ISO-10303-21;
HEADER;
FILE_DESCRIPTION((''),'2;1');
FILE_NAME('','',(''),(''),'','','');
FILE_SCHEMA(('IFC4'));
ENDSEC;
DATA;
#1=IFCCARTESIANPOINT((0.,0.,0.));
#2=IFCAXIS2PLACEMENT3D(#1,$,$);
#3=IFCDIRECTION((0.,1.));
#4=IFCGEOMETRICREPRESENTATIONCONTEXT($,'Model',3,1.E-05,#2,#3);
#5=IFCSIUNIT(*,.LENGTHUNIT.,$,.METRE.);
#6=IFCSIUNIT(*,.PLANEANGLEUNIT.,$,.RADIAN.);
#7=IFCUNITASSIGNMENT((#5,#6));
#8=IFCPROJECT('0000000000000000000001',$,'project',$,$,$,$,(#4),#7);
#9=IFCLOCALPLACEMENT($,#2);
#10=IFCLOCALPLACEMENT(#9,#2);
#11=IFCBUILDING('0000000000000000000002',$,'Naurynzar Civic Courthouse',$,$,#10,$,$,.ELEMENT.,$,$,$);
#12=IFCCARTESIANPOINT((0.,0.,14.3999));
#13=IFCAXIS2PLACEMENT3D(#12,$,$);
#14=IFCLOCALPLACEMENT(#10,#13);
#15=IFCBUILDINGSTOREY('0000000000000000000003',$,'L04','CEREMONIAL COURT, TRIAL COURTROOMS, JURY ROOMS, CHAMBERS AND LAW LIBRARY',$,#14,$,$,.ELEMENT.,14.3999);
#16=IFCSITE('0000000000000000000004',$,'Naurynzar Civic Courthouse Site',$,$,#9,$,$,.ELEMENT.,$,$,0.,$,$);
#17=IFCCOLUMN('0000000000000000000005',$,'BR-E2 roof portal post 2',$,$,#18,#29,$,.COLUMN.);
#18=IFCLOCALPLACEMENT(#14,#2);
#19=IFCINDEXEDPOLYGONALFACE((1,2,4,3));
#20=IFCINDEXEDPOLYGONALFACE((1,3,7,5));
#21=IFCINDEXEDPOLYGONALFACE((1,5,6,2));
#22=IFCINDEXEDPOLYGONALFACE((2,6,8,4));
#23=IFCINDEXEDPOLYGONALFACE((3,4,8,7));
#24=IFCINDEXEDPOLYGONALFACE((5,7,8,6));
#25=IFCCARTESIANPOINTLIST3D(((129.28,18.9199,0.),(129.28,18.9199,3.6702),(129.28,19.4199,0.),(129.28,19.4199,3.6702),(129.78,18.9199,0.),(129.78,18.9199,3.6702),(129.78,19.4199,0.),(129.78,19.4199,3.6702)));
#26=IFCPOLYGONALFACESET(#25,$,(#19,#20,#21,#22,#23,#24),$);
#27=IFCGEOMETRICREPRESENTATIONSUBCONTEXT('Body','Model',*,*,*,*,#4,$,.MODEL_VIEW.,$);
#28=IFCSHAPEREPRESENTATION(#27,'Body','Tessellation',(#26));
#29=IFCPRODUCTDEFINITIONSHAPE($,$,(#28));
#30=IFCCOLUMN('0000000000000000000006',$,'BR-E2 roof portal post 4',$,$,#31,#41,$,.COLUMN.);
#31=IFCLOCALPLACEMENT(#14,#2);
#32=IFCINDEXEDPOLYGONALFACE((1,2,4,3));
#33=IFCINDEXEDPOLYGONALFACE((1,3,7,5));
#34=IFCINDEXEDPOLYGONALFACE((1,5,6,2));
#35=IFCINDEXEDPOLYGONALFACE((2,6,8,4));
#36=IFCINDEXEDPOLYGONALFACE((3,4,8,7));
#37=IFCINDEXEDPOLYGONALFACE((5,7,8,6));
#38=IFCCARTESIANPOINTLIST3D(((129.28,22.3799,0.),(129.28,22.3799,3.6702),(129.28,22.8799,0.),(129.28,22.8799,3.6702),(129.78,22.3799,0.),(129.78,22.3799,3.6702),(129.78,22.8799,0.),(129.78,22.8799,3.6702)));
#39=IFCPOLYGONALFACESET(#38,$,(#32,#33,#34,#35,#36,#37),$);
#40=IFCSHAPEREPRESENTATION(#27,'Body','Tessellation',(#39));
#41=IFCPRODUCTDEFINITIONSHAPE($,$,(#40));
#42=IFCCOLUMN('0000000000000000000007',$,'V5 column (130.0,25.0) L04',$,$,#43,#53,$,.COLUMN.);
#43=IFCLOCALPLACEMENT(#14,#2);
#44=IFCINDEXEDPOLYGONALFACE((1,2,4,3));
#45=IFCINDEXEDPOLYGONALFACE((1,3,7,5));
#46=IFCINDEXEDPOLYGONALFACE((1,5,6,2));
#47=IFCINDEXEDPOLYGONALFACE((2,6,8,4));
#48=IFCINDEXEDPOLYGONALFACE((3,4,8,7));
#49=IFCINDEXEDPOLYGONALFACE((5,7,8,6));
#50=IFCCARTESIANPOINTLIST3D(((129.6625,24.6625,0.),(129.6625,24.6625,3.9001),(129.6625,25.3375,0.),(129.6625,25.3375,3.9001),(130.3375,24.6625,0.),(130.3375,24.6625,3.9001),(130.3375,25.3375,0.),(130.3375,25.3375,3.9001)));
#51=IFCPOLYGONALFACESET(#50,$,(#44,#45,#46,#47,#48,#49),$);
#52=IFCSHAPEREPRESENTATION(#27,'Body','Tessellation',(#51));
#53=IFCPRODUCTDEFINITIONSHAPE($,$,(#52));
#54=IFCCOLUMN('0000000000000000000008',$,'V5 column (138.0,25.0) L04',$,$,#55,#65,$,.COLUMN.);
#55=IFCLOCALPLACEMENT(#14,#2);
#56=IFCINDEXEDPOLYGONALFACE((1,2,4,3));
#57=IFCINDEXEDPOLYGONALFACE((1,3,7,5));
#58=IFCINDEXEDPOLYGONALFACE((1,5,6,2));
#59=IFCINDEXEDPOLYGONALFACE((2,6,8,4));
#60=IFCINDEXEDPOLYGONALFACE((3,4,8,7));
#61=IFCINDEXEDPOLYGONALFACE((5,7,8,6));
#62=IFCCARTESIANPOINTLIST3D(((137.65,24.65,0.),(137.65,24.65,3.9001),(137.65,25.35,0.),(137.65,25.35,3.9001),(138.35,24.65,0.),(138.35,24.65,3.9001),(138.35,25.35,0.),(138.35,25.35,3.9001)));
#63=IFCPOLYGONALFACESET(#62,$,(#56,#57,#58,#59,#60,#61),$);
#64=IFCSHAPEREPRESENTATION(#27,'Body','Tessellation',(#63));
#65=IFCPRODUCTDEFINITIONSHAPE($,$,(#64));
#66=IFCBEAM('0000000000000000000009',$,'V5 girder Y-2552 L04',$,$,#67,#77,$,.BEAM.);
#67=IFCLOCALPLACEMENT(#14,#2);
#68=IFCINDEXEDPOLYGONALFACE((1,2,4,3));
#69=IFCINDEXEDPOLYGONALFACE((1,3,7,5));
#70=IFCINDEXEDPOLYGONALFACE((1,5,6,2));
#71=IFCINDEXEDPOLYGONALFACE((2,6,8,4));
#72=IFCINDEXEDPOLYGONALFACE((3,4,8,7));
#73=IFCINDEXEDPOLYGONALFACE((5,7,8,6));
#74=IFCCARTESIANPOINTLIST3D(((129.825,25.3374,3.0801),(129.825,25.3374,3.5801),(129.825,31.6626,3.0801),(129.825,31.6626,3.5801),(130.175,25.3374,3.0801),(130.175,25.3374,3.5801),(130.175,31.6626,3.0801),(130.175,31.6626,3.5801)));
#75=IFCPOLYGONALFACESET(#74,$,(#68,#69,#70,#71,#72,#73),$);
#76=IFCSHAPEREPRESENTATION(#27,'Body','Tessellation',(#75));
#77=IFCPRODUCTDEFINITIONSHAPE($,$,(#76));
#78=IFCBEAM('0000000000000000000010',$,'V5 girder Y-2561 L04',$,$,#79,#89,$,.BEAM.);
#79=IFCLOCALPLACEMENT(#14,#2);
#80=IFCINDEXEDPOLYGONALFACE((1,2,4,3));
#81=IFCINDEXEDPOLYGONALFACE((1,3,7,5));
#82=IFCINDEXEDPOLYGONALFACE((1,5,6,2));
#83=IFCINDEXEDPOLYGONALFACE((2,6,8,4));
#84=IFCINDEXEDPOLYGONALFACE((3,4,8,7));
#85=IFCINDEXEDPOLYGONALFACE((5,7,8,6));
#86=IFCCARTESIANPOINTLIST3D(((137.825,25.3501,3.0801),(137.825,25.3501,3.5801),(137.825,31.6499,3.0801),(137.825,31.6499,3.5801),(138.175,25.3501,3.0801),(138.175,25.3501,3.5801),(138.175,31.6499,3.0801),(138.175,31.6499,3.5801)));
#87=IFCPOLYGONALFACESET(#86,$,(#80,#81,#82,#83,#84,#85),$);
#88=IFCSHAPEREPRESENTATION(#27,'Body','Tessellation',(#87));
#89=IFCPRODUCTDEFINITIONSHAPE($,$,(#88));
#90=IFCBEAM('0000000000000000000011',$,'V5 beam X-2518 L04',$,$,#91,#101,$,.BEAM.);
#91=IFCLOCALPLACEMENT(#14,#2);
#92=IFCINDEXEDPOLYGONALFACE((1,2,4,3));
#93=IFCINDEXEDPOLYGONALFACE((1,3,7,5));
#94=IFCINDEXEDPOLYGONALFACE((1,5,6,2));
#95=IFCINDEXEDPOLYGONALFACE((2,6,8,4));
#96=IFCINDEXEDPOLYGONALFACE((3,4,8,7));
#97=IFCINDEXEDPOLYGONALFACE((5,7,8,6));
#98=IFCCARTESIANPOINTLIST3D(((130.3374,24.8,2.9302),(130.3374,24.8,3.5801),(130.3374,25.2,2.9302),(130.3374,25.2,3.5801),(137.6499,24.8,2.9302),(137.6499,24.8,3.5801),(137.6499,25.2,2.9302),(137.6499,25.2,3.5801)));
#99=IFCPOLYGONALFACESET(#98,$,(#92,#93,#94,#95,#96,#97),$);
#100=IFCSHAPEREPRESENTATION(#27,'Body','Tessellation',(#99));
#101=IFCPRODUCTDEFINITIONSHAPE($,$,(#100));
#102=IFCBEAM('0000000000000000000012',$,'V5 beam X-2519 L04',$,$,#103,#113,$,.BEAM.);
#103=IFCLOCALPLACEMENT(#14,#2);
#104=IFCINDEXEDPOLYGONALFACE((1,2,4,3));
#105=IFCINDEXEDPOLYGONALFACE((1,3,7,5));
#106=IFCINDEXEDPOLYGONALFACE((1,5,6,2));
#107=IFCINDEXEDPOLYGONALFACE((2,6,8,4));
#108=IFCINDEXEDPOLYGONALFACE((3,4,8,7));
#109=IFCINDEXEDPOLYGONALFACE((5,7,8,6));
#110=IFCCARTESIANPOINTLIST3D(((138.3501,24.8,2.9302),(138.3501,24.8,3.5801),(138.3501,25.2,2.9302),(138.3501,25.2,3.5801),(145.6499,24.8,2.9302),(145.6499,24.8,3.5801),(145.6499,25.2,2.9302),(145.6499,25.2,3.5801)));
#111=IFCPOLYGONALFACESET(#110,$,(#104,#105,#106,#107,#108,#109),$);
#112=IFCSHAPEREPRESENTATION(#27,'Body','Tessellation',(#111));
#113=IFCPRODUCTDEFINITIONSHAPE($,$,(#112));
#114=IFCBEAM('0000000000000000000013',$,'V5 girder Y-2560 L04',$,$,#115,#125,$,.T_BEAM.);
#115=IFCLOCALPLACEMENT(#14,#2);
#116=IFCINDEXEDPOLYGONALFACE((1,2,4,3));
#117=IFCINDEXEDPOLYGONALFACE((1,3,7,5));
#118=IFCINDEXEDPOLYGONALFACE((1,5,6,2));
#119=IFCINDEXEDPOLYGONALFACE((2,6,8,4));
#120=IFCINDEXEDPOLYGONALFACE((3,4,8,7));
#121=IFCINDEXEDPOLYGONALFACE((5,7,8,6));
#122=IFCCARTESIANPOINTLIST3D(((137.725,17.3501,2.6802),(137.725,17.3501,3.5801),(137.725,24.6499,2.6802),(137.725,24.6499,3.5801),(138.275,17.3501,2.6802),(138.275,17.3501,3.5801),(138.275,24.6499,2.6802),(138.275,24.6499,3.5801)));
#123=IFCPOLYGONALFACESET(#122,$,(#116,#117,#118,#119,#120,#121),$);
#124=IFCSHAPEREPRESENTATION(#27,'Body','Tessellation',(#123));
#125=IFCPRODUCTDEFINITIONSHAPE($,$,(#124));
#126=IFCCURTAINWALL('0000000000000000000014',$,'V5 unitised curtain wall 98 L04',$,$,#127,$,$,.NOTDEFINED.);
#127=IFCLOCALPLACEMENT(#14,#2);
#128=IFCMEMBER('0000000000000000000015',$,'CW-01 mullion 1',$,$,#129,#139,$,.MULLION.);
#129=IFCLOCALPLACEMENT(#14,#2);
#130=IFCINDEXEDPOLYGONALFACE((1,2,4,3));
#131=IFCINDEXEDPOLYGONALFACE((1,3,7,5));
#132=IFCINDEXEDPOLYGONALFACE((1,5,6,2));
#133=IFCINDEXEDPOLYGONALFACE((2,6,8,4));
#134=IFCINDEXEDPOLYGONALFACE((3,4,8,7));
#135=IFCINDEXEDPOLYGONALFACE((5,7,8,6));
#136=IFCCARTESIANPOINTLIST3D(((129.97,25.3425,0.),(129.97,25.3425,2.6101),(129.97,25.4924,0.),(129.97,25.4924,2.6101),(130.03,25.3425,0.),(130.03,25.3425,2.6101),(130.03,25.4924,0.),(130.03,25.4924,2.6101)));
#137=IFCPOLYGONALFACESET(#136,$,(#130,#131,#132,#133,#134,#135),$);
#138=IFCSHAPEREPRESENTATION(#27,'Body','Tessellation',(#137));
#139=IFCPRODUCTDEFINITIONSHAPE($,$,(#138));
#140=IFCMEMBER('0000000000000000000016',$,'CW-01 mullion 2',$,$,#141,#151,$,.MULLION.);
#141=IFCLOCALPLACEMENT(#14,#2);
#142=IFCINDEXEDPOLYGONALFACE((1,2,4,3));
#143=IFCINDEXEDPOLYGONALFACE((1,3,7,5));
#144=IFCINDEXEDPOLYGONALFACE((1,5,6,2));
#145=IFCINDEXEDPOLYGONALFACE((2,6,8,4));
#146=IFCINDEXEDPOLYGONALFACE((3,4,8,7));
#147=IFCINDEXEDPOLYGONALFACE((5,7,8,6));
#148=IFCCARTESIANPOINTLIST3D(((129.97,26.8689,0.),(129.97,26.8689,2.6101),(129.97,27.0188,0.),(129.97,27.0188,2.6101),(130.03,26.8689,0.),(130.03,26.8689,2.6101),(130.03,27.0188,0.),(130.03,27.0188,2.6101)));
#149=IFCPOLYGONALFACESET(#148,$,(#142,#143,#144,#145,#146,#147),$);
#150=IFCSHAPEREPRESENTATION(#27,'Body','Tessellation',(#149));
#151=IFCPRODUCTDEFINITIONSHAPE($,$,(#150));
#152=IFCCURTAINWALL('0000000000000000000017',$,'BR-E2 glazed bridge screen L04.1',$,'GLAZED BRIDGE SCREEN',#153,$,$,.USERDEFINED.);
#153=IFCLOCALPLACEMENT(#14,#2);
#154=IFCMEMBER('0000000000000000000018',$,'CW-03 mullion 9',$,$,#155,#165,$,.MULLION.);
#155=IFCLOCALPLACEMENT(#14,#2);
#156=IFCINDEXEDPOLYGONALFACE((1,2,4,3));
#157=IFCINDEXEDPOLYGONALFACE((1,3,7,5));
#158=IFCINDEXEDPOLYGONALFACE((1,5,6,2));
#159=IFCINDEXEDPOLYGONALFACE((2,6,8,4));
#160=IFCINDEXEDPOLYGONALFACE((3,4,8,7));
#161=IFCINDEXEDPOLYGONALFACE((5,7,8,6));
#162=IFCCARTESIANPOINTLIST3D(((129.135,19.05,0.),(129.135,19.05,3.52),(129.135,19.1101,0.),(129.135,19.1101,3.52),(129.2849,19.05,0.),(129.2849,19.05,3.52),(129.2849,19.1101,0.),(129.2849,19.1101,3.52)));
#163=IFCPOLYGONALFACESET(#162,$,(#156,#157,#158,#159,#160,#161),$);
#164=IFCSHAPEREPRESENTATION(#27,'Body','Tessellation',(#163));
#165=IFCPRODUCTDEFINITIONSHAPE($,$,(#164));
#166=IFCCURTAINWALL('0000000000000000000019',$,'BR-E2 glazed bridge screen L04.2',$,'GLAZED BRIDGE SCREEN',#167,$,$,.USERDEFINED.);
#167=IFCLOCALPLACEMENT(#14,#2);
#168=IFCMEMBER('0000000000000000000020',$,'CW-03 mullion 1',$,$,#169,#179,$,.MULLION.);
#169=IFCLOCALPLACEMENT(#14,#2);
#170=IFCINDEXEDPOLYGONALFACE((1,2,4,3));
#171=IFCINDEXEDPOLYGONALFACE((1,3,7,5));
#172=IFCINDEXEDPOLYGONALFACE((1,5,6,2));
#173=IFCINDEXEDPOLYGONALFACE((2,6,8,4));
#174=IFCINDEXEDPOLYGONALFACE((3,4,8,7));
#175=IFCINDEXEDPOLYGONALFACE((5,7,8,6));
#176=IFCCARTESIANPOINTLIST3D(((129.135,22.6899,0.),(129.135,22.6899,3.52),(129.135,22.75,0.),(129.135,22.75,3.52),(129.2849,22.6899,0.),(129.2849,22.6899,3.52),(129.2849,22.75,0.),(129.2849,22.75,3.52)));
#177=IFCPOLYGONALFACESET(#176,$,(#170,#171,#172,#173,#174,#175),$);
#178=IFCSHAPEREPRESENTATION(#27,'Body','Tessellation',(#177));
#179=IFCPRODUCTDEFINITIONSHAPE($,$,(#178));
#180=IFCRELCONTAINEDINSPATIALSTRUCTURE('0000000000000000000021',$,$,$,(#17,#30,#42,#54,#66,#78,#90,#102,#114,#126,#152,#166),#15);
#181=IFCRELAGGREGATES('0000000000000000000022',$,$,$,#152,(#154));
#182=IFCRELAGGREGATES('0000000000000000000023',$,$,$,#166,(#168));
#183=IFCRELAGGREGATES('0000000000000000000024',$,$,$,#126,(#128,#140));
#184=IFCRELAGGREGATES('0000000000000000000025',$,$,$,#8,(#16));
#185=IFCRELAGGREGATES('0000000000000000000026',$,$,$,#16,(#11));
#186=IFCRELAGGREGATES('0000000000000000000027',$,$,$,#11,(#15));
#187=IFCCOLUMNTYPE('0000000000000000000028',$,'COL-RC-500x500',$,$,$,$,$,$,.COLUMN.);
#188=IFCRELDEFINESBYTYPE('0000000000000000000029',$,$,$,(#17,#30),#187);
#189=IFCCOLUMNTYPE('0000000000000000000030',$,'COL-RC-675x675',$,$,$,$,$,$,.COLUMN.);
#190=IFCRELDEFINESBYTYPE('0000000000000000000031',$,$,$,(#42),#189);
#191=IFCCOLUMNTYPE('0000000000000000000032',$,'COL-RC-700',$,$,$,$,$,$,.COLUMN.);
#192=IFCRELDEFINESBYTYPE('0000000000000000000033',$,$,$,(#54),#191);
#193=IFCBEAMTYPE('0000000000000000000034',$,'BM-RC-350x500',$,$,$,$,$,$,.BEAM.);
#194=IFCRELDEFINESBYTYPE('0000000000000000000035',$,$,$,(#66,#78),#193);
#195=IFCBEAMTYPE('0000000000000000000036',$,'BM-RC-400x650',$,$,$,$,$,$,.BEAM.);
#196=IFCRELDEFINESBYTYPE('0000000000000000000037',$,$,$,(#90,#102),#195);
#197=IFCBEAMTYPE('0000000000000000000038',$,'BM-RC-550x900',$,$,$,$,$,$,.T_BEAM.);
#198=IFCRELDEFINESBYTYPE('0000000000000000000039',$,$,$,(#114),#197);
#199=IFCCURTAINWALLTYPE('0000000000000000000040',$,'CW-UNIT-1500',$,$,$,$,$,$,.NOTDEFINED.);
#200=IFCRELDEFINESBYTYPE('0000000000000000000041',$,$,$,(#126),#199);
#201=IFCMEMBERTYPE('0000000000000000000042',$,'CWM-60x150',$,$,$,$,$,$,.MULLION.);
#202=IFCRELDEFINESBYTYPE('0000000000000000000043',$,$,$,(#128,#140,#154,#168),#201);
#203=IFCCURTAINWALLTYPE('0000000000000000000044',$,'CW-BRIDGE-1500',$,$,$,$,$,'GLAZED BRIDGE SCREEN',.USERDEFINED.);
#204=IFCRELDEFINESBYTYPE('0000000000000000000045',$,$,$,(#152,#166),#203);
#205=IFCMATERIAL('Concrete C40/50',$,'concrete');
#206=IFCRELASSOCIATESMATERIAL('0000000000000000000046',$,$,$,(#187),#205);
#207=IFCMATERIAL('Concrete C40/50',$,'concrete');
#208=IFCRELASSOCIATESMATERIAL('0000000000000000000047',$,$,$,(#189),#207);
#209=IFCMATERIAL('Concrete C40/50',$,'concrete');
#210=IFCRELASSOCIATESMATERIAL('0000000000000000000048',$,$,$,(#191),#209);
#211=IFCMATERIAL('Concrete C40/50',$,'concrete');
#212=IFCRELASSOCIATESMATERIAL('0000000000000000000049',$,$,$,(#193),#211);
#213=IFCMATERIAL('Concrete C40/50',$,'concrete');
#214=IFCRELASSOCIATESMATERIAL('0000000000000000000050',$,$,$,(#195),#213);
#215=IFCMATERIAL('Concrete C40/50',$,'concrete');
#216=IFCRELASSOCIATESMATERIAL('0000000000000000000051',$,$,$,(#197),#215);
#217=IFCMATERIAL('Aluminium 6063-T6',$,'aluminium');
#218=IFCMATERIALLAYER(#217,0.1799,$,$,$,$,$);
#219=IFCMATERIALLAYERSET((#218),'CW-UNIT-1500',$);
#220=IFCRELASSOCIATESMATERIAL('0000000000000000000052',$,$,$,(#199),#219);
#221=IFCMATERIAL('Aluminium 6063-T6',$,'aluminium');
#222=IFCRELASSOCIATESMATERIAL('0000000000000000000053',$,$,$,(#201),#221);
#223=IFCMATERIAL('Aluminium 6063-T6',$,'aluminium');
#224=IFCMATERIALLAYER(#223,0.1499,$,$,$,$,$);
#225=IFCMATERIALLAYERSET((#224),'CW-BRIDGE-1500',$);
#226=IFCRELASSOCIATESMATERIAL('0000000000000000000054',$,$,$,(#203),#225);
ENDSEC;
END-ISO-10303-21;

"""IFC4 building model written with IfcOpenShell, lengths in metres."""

from ifc_helpers import new_model, si_unit, direction, frame, origin, origin_2d, place, context, subcontext, project, spatial, rectangle, extrude, material, layer, layer_set, material_profile, profile_set, type_object, element, aggregate, save


model = new_model("IFC4")

# Units and contexts
model_context = context("Model", 3, precision=1e-05, world=origin(), true_north=direction((0.0, 1.0)))
body_context = subcontext(model_context, "Body", "Model", "MODEL_VIEW")
ifc_project = project(units=[si_unit("LENGTHUNIT", "METRE"), si_unit("PLANEANGLEUNIT", "RADIAN")], contexts=[model_context])

# Site, building, storey
site_placement = place(None, origin())
site = spatial("IfcSite", under=ifc_project, at=site_placement, Name="Naurynzar Civic Courthouse Site", CompositionType="ELEMENT", RefElevation=0.0)
building_placement = place(site_placement, origin())
building = spatial("IfcBuilding", under=site, at=building_placement, Name="Naurynzar Civic Courthouse", CompositionType="ELEMENT")
storey_placement = place(building_placement, frame((0.0, 0.0, 14.3999)))
storey = spatial("IfcBuildingStorey", under=building, at=storey_placement, Name="L04", Description="CEREMONIAL COURT, TRIAL COURTROOMS, JURY ROOMS, CHAMBERS AND LAW LIBRARY", CompositionType="ELEMENT", Elevation=14.3999)

# Columns
ifc_material_1 = material(Name="Concrete C40/50", Category="concrete")
ifc_material_profile_1 = material_profile(ifc_material_1, rectangle(XDim=0.5, YDim=0.5, at=origin_2d()), Name="RC 500x500")
ifc_profile_set_1 = profile_set([ifc_material_profile_1], Name="Concrete C40/50")
column_type_1 = type_object("IfcColumnType", Name="COL-RC-500x500", PredefinedType="COLUMN", material=ifc_profile_set_1)
for number, where, z_axis, x_axis, name in (
    (1, (129.53, 19.1699, 0.0), (0.0, 0.0, 1.0), (1.0, 0.0, 0.0), "BR-E2 roof portal post 2"),
    (2, (129.53, 22.6299, 0.0), (0.0, 0.0, 1.0), (1.0, 0.0, 0.0), "BR-E2 roof portal post 4"),
):
    element("IfcColumn", number, at=place(storey_placement, frame(where, z_axis=z_axis, x_axis=x_axis)), inside=storey, type_object=column_type_1, Name=name, PredefinedType="COLUMN", context=body_context, shape_type="SweptSolid", body=[
        extrude(rectangle(XDim=0.5, YDim=0.5, at=origin_2d()), origin(), (0.0, 0.0, 1.0), 3.6702),
    ])
ifc_material_2 = material(Name="Concrete C40/50", Category="concrete")
ifc_material_profile_2 = material_profile(ifc_material_2, rectangle(XDim=0.675, YDim=0.675, at=origin_2d()), Name="RC 675x675")
ifc_profile_set_2 = profile_set([ifc_material_profile_2], Name="Concrete C40/50")
column_type_2 = type_object("IfcColumnType", Name="COL-RC-675x675", PredefinedType="COLUMN", material=ifc_profile_set_2)
column_1_placement = place(storey_placement, frame((130.0, 25.0, 0.0), z_axis=(0.0, 0.0, 1.0), x_axis=(1.0, 0.0, 0.0)))
element("IfcColumn", 3, at=column_1_placement, inside=storey, type_object=column_type_2, Name="V5 column (130.0,25.0) L04", PredefinedType="COLUMN", context=body_context, shape_type="SweptSolid", body=[
    extrude(rectangle(XDim=0.675, YDim=0.675, at=origin_2d()), origin(), (0.0, 0.0, 1.0), 3.9001),
])
ifc_material_3 = material(Name="Concrete C40/50", Category="concrete")
ifc_material_profile_3 = material_profile(ifc_material_3, rectangle(XDim=0.7, YDim=0.7, at=origin_2d()), Name="RC 700x700")
ifc_profile_set_3 = profile_set([ifc_material_profile_3], Name="Concrete C40/50")
column_type_3 = type_object("IfcColumnType", Name="COL-RC-700", PredefinedType="COLUMN", material=ifc_profile_set_3)
column_2_placement = place(storey_placement, frame((138.0, 25.0, 0.0), z_axis=(0.0, 0.0, 1.0), x_axis=(1.0, 0.0, 0.0)))
element("IfcColumn", 4, at=column_2_placement, inside=storey, type_object=column_type_3, Name="V5 column (138.0,25.0) L04", PredefinedType="COLUMN", context=body_context, shape_type="SweptSolid", body=[
    extrude(rectangle(XDim=0.7, YDim=0.7, at=origin_2d()), origin(), (0.0, 0.0, 1.0), 3.9001),
])

# Beams
ifc_material_4 = material(Name="Concrete C40/50", Category="concrete")
ifc_material_profile_4 = material_profile(ifc_material_4, rectangle(XDim=0.3501, YDim=0.5, at=origin_2d()), Name="RCB 350x500")
ifc_profile_set_4 = profile_set([ifc_material_profile_4], Name="Concrete C40/50")
beam_type_1 = type_object("IfcBeamType", Name="BM-RC-350x500", PredefinedType="BEAM", material=ifc_profile_set_4)
beam_1_placement = place(storey_placement, frame((130.0, 25.3374, 3.3301), z_axis=(0.0, 1.0, 0.0), x_axis=(-1.0, 0.0, 0.0)))
element("IfcBeam", 5, at=beam_1_placement, inside=storey, type_object=beam_type_1, Name="V5 girder Y-2552 L04", PredefinedType="BEAM", context=body_context, shape_type="SweptSolid", body=[
    extrude(rectangle(XDim=0.3501, YDim=0.5, at=origin_2d()), origin(), (0.0, 0.0, 1.0), 6.3252),
])
beam_2_placement = place(storey_placement, frame((138.0, 25.3501, 3.3301), z_axis=(0.0, 1.0, 0.0), x_axis=(-1.0, 0.0, 0.0)))
element("IfcBeam", 6, at=beam_2_placement, inside=storey, type_object=beam_type_1, Name="V5 girder Y-2561 L04", PredefinedType="BEAM", context=body_context, shape_type="SweptSolid", body=[
    extrude(rectangle(XDim=0.3501, YDim=0.5, at=origin_2d()), origin(), (0.0, 0.0, 1.0), 6.2998),
])
ifc_material_5 = material(Name="Concrete C40/50", Category="concrete")
ifc_material_profile_5 = material_profile(ifc_material_5, rectangle(XDim=0.3999, YDim=0.6499, at=origin_2d()), Name="RCB 400x650")
ifc_profile_set_5 = profile_set([ifc_material_profile_5], Name="Concrete C40/50")
beam_type_2 = type_object("IfcBeamType", Name="BM-RC-400x650", PredefinedType="BEAM", material=ifc_profile_set_5)
beam_3_placement = place(storey_placement, frame((130.3374, 25.0, 3.2551), z_axis=(1.0, 0.0, 0.0), x_axis=(0.0, 1.0, 0.0)))
element("IfcBeam", 7, at=beam_3_placement, inside=storey, type_object=beam_type_2, Name="V5 beam X-2518 L04", PredefinedType="BEAM", context=body_context, shape_type="SweptSolid", body=[
    extrude(rectangle(XDim=0.3999, YDim=0.6499, at=origin_2d()), origin(), (0.0, 0.0, 1.0), 7.3125),
])
beam_4_placement = place(storey_placement, frame((138.3501, 25.0, 3.2551), z_axis=(1.0, 0.0, 0.0), x_axis=(0.0, 1.0, 0.0)))
element("IfcBeam", 8, at=beam_4_placement, inside=storey, type_object=beam_type_2, Name="V5 beam X-2519 L04", PredefinedType="BEAM", context=body_context, shape_type="SweptSolid", body=[
    extrude(rectangle(XDim=0.3999, YDim=0.6499, at=origin_2d()), origin(), (0.0, 0.0, 1.0), 7.2998),
])
ifc_material_6 = material(Name="Concrete C40/50", Category="concrete")
ifc_material_profile_6 = material_profile(ifc_material_6, rectangle(XDim=0.55, YDim=0.8999, at=origin_2d()), Name="RCB 550x900")
ifc_profile_set_6 = profile_set([ifc_material_profile_6], Name="Concrete C40/50")
beam_type_3 = type_object("IfcBeamType", Name="BM-RC-550x900", PredefinedType="T_BEAM", material=ifc_profile_set_6)
beam_5_placement = place(storey_placement, frame((138.0, 17.3501, 3.1301), z_axis=(0.0, 1.0, 0.0), x_axis=(-1.0, 0.0, 0.0)))
element("IfcBeam", 9, at=beam_5_placement, inside=storey, type_object=beam_type_3, Name="V5 girder Y-2560 L04", PredefinedType="T_BEAM", context=body_context, shape_type="SweptSolid", body=[
    extrude(rectangle(XDim=0.55, YDim=0.8999, at=origin_2d()), origin(), (0.0, 0.0, 1.0), 7.2998),
])

# Curtain wall, members
ifc_material_7 = material(Name="Aluminium 6063-T6", Category="aluminium")
ifc_layer_1 = layer(ifc_material_7, 0.1799)
ifc_layer_set_1 = layer_set([ifc_layer_1], Name="CW-UNIT-1500")
curtain_wall_type_1 = type_object("IfcCurtainWallType", Name="CW-UNIT-1500", PredefinedType="NOTDEFINED", material=ifc_layer_set_1)
curtain_wall_1_placement = place(storey_placement, origin())
curtain_wall_1 = element("IfcCurtainWall", 10, at=curtain_wall_1_placement, inside=storey, type_object=curtain_wall_type_1, Name="V5 unitised curtain wall 98 L04", PredefinedType="NOTDEFINED")
ifc_material_8 = material(Name="Aluminium 6063-T6", Category="aluminium")
ifc_material_profile_7 = material_profile(ifc_material_8, rectangle(XDim=0.0601, YDim=0.1499, at=origin_2d()), Name="ALU MULLION 60x150")
ifc_profile_set_7 = profile_set([ifc_material_profile_7], Name="Aluminium 6063-T6")
member_type_1 = type_object("IfcMemberType", Name="CWM-60x150", PredefinedType="MULLION", material=ifc_profile_set_7)
member_1_placement = place(storey_placement, frame((130.0, 25.4175, 0.0), z_axis=(0.0, 0.0, 1.0), x_axis=(-1.0, 0.0, 0.0)))
member_1 = element("IfcMember", 11, at=member_1_placement, type_object=member_type_1, Name="CW-01 mullion 1", PredefinedType="MULLION", context=body_context, shape_type="SweptSolid", body=[
    extrude(rectangle(XDim=0.0601, YDim=0.1499, at=origin_2d()), origin(), (0.0, 0.0, 1.0), 2.6101),
])
member_2_placement = place(storey_placement, frame((130.0, 26.9438, 0.0), z_axis=(0.0, 0.0, 1.0), x_axis=(-1.0, 0.0, 0.0)))
member_2 = element("IfcMember", 12, at=member_2_placement, type_object=member_type_1, Name="CW-01 mullion 2", PredefinedType="MULLION", context=body_context, shape_type="SweptSolid", body=[
    extrude(rectangle(XDim=0.0601, YDim=0.1499, at=origin_2d()), origin(), (0.0, 0.0, 1.0), 2.6101),
])

# Curtain walls, members
ifc_material_9 = material(Name="Aluminium 6063-T6", Category="aluminium")
ifc_layer_2 = layer(ifc_material_9, 0.1499)
ifc_layer_set_2 = layer_set([ifc_layer_2], Name="CW-BRIDGE-1500")
curtain_wall_type_2 = type_object("IfcCurtainWallType", Name="CW-BRIDGE-1500", ElementType="GLAZED BRIDGE SCREEN", PredefinedType="USERDEFINED", material=ifc_layer_set_2)
curtain_wall_2_placement = place(storey_placement, origin())
curtain_wall_2 = element("IfcCurtainWall", 13, at=curtain_wall_2_placement, inside=storey, type_object=curtain_wall_type_2, Name="BR-E2 glazed bridge screen L04.1", ObjectType="GLAZED BRIDGE SCREEN", PredefinedType="USERDEFINED")
member_3_placement = place(storey_placement, frame((129.21, 19.0801, 0.0), z_axis=(0.0, 0.0, 1.0), x_axis=(0.0, 1.0, 0.0)))
member_3 = element("IfcMember", 14, at=member_3_placement, type_object=member_type_1, Name="CW-03 mullion 9", PredefinedType="MULLION", context=body_context, shape_type="SweptSolid", body=[
    extrude(rectangle(XDim=0.0601, YDim=0.1499, at=origin_2d()), origin(), (0.0, 0.0, 1.0), 3.52),
])
aggregate(curtain_wall_2, [member_3])
curtain_wall_3_placement = place(storey_placement, origin())
curtain_wall_3 = element("IfcCurtainWall", 15, at=curtain_wall_3_placement, inside=storey, type_object=curtain_wall_type_2, Name="BR-E2 glazed bridge screen L04.2", ObjectType="GLAZED BRIDGE SCREEN", PredefinedType="USERDEFINED")
member_4_placement = place(storey_placement, frame((129.21, 22.72, 0.0), z_axis=(0.0, 0.0, 1.0), x_axis=(0.0, -1.0, 0.0)))
member_4 = element("IfcMember", 16, at=member_4_placement, type_object=member_type_1, Name="CW-03 mullion 1", PredefinedType="MULLION", context=body_context, shape_type="SweptSolid", body=[
    extrude(rectangle(XDim=0.0601, YDim=0.1499, at=origin_2d()), origin(), (0.0, 0.0, 1.0), 3.52),
])
aggregate(curtain_wall_3, [member_4])

aggregate(curtain_wall_1, [member_1, member_2])

save(model, "model.ifc")
